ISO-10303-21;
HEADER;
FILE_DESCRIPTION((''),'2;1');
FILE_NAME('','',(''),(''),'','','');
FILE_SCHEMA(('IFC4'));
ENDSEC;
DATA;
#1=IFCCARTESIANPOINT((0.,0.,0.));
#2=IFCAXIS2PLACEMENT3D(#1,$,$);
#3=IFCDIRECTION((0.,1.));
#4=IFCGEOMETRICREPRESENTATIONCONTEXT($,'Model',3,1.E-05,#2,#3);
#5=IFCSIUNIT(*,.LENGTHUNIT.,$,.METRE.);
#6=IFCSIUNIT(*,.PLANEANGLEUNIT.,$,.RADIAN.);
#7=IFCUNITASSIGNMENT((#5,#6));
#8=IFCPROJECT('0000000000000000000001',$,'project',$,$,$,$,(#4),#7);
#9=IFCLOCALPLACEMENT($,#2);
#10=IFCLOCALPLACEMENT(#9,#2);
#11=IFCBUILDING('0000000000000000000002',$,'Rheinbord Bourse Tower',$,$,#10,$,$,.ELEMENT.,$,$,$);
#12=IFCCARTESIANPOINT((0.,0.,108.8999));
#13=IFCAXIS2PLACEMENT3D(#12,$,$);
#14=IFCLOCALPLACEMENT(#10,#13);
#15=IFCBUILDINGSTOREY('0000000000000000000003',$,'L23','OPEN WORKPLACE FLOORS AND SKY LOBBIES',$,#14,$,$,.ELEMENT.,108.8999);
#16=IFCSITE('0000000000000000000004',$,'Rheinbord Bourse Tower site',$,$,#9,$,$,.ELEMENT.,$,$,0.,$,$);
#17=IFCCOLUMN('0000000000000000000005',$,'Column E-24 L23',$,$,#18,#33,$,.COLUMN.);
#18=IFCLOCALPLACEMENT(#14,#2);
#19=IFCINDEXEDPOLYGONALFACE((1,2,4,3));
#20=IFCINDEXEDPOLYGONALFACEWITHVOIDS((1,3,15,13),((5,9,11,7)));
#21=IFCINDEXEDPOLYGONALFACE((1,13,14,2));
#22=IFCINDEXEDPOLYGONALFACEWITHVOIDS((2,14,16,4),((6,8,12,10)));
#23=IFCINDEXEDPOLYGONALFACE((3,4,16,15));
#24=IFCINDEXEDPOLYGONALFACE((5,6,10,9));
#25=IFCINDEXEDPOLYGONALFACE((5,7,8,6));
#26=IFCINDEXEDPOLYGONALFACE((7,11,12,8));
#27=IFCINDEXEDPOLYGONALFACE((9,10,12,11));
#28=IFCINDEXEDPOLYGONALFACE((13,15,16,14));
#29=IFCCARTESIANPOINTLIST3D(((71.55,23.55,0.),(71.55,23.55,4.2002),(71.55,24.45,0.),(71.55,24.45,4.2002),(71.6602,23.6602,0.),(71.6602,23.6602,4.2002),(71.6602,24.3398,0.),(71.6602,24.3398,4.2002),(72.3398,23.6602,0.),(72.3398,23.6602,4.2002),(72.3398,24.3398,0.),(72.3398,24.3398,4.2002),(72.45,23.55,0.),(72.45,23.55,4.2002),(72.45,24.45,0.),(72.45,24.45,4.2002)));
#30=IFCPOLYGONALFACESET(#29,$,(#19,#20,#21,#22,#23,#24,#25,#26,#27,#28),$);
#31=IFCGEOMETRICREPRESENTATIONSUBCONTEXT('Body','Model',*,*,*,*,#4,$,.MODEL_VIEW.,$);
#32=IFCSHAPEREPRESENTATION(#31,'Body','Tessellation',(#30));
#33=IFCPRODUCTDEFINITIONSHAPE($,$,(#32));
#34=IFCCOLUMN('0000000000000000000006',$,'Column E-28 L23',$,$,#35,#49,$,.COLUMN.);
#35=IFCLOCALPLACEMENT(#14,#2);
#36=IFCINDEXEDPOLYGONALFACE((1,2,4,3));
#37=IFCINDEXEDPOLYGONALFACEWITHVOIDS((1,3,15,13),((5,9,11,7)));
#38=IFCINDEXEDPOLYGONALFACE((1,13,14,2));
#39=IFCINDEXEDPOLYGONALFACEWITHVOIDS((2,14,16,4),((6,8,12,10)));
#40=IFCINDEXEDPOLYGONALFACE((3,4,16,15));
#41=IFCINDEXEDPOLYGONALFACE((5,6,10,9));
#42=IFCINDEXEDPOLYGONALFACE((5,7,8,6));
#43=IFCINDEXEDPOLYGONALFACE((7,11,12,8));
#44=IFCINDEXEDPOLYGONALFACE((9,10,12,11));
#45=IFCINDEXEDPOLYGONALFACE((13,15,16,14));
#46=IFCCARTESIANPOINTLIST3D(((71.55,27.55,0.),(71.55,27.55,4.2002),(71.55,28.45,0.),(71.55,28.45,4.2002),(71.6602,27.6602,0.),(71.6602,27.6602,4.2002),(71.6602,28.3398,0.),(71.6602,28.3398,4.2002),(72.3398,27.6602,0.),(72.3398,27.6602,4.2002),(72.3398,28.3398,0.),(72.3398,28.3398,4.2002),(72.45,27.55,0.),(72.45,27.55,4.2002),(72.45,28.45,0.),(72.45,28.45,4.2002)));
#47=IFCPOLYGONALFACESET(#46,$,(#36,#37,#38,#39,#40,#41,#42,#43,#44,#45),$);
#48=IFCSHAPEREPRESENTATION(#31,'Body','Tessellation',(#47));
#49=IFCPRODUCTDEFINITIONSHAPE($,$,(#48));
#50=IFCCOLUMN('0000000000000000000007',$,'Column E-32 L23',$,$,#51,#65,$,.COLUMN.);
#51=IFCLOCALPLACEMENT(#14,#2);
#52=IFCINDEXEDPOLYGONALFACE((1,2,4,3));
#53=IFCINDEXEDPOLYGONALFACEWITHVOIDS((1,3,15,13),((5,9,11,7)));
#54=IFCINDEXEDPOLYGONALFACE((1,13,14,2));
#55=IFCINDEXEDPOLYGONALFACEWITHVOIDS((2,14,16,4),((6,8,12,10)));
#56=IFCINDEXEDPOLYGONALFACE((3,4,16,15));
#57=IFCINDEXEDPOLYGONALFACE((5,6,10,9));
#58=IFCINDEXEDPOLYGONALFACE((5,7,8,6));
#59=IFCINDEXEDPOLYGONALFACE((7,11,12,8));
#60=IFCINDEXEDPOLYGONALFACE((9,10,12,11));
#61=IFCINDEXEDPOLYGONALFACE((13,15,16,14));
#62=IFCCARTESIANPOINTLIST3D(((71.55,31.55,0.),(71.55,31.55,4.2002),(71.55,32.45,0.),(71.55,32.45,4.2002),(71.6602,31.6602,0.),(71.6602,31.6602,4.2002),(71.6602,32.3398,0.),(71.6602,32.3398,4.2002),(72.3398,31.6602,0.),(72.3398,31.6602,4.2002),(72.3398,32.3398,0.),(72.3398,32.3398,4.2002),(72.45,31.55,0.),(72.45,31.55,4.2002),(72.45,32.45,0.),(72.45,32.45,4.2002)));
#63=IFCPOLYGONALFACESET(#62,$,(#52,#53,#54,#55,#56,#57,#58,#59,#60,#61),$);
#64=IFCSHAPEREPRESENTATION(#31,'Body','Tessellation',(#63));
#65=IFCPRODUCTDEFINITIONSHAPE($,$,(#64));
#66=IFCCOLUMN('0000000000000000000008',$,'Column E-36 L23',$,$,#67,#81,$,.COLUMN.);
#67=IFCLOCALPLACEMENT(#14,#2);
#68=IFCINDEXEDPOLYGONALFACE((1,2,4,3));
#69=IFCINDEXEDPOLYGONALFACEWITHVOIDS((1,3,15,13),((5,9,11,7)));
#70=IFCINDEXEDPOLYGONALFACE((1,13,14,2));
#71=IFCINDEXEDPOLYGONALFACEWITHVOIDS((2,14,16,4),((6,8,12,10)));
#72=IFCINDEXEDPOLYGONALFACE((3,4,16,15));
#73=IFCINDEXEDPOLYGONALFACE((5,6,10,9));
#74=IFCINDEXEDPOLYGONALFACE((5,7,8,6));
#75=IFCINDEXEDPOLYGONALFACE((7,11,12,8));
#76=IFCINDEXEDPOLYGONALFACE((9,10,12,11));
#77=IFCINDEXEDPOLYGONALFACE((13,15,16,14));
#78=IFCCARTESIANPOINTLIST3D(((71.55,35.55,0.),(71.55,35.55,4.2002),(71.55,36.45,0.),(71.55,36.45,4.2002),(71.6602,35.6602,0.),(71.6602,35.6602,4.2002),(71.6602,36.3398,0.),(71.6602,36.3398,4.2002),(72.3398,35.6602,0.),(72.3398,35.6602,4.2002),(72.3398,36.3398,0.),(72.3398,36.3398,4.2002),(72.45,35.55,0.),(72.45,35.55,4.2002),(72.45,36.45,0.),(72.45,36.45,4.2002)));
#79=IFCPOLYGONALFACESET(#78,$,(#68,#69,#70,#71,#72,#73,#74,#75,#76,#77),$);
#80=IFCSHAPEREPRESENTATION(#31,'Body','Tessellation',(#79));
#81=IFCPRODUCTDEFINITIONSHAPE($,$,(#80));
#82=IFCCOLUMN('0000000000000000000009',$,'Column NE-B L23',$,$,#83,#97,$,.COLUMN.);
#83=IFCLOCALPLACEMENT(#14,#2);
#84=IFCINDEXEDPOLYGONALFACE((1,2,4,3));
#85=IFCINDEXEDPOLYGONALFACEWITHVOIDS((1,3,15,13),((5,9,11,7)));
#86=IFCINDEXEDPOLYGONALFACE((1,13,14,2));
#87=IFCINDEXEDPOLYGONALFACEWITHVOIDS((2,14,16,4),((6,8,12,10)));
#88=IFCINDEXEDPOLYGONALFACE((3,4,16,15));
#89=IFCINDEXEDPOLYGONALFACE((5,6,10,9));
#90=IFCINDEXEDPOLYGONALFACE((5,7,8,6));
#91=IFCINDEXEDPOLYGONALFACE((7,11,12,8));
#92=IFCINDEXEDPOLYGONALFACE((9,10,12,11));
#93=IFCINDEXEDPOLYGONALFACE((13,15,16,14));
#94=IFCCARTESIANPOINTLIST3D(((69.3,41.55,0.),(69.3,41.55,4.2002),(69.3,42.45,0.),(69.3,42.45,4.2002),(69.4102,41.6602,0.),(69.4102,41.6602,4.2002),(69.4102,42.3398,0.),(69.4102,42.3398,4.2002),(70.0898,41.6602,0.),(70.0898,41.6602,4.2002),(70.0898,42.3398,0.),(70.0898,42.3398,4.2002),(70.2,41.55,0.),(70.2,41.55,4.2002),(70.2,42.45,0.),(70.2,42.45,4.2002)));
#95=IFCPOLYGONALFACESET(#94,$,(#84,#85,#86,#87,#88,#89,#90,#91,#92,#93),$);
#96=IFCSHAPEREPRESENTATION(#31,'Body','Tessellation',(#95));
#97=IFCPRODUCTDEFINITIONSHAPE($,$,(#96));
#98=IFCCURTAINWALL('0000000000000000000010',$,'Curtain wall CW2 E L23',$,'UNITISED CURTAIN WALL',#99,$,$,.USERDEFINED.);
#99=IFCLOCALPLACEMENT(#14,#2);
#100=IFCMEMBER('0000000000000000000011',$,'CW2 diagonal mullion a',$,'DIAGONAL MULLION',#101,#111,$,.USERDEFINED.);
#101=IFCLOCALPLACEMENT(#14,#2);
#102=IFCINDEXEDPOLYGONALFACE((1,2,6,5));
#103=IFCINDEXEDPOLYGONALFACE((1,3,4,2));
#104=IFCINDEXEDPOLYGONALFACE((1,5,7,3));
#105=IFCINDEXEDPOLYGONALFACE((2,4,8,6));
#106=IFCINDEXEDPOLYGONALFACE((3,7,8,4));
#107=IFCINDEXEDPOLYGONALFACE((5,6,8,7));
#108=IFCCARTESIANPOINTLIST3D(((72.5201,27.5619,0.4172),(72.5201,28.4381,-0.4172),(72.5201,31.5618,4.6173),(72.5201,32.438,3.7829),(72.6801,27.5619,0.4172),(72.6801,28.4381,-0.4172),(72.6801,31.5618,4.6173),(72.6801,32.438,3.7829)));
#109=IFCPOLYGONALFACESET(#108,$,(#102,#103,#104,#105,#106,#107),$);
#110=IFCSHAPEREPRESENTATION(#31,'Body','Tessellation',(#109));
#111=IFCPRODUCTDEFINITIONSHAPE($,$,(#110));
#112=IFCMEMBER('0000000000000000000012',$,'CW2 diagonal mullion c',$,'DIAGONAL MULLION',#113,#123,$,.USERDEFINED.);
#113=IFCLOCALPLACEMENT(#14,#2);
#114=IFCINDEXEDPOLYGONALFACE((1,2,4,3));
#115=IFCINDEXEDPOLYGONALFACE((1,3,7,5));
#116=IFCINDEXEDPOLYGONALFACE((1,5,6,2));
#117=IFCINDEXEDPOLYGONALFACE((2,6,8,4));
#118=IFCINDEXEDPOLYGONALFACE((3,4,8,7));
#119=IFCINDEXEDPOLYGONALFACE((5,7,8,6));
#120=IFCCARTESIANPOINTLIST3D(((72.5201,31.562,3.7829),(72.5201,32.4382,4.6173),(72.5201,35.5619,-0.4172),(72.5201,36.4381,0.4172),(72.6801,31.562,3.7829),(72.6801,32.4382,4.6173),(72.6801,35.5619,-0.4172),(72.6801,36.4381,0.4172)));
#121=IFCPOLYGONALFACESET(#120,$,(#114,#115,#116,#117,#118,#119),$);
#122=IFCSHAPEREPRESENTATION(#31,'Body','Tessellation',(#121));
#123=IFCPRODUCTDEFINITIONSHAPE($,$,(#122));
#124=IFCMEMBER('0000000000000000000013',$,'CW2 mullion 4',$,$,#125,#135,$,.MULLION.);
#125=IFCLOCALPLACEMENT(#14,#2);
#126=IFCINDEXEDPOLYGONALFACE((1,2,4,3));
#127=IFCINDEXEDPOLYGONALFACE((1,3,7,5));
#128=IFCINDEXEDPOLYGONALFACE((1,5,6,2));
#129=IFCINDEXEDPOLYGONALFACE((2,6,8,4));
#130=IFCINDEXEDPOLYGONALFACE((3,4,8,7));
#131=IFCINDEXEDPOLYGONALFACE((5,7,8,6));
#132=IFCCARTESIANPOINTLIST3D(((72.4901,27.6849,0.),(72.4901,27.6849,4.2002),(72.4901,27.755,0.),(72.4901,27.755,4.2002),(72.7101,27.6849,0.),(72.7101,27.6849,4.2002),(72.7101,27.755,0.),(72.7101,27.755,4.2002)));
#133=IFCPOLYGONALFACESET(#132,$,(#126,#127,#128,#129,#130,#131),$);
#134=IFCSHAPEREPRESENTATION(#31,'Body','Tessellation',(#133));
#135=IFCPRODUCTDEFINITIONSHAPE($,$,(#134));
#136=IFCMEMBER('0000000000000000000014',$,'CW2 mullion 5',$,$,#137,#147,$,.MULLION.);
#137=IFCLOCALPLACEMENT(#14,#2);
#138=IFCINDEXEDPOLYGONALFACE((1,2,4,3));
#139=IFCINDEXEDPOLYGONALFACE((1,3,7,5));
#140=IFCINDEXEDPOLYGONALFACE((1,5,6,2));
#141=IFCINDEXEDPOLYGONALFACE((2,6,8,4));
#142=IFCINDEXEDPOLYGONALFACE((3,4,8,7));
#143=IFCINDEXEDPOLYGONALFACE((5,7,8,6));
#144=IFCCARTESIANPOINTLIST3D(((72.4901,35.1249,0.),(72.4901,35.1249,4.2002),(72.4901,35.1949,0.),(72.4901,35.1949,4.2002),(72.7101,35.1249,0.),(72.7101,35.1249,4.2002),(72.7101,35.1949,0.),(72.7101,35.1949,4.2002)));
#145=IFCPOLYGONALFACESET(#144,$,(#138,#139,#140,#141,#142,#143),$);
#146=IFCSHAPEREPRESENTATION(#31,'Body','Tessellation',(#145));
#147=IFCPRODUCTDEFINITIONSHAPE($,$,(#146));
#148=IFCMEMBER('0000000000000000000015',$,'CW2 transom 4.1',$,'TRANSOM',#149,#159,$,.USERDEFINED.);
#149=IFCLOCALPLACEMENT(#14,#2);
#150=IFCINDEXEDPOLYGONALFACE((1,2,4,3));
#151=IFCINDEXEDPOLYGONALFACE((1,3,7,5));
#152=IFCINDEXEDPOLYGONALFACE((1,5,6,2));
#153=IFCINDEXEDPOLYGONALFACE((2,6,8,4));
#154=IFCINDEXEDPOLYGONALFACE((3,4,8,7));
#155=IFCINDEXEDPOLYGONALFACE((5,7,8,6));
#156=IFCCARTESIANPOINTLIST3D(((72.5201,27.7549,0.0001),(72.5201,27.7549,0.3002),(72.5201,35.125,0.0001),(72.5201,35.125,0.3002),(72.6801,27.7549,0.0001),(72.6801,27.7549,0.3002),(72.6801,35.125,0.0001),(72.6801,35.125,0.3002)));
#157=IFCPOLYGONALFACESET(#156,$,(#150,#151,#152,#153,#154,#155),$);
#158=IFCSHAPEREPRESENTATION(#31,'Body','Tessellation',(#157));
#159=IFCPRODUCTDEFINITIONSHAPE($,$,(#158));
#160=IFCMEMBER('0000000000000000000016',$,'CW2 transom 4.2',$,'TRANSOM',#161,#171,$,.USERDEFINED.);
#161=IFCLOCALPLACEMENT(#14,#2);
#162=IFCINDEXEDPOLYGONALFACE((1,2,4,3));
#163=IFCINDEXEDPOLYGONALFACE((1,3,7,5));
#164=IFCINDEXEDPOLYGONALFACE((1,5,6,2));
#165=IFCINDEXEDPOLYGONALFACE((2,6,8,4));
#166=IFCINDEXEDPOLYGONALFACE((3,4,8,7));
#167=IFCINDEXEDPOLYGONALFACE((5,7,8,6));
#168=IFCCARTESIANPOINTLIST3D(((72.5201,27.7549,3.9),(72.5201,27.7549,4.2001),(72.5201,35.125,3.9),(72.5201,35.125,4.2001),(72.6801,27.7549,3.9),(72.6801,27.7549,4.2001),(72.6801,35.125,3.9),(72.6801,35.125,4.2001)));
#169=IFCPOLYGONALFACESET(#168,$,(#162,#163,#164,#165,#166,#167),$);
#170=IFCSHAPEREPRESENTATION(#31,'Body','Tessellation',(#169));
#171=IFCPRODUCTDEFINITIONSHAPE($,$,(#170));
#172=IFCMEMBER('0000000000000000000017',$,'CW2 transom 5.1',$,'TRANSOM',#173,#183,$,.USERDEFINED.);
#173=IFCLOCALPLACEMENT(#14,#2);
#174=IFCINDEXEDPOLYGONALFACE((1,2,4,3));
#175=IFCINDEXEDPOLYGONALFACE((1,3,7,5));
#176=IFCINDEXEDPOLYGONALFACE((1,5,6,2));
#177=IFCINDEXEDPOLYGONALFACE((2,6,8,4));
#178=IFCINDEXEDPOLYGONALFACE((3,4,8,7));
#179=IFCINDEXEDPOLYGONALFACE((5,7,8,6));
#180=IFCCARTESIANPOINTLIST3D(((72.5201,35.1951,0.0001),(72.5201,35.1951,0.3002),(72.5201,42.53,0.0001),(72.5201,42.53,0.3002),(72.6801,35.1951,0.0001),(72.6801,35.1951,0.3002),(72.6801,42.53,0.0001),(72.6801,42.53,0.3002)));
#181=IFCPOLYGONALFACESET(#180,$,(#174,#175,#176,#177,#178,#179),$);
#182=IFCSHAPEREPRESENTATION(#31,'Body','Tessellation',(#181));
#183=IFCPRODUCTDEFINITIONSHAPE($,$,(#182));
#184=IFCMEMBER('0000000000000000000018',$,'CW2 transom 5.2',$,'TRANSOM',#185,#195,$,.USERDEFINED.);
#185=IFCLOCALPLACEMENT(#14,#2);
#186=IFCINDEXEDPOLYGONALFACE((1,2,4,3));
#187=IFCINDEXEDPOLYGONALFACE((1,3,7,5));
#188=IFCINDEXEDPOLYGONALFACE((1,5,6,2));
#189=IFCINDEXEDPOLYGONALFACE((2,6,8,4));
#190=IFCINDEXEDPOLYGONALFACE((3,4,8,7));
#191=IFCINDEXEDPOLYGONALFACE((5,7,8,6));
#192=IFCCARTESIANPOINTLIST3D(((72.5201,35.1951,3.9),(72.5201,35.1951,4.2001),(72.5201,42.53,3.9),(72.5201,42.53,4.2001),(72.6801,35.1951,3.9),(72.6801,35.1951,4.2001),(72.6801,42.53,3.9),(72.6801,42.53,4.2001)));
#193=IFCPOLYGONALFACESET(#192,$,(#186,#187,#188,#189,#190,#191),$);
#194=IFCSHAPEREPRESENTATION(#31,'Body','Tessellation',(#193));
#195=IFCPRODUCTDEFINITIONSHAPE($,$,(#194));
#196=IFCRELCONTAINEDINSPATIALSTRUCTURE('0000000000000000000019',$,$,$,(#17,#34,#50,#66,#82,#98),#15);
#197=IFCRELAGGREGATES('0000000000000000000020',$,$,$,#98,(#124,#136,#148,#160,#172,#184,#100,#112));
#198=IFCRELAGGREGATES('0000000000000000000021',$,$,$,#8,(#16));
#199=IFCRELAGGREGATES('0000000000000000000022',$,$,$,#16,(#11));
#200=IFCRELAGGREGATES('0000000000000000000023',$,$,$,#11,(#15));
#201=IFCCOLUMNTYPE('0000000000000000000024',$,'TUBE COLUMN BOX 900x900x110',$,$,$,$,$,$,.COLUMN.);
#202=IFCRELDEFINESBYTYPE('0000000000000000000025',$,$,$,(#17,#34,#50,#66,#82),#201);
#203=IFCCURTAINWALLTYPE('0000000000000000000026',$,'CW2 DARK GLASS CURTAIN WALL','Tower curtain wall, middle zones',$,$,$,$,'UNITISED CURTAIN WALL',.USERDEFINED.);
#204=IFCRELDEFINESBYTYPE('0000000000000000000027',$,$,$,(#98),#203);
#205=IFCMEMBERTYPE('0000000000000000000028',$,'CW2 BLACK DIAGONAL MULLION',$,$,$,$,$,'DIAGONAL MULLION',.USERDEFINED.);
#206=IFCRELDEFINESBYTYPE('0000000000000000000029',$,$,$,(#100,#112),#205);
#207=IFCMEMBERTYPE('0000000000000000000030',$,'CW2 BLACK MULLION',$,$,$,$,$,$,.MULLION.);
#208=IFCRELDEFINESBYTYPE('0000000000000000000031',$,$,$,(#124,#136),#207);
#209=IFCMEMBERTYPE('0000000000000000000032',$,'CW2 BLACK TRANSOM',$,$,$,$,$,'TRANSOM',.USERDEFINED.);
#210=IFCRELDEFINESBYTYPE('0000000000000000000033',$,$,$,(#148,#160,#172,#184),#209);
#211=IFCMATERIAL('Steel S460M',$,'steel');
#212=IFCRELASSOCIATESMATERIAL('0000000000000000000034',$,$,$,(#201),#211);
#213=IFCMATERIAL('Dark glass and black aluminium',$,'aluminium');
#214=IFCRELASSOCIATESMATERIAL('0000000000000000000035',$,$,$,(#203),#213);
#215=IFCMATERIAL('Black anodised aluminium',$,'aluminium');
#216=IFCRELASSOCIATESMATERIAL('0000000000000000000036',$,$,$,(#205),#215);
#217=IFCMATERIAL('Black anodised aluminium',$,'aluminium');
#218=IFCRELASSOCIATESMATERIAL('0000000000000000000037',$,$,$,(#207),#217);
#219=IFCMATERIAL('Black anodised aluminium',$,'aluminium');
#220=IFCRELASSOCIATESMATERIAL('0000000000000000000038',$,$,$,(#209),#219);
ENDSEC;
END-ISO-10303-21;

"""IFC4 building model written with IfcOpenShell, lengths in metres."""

from ifc_helpers import new_model, si_unit, direction, frame, origin, origin_2d, place, context, subcontext, project, spatial, rectangle, hollow_rectangle, extrude, material, material_profile, profile_set, type_object, element, aggregate, save


model = new_model("IFC4")

# Units and contexts
model_context = context("Model", 3, precision=1e-05, world=origin(), true_north=direction((0.0, 1.0)))
body_context = subcontext(model_context, "Body", "Model", "MODEL_VIEW")
ifc_project = project(units=[si_unit("LENGTHUNIT", "METRE"), si_unit("PLANEANGLEUNIT", "RADIAN")], contexts=[model_context])

# Site, building, storey
site_placement = place(None, origin())
site = spatial("IfcSite", under=ifc_project, at=site_placement, Name="Rheinbord Bourse Tower site", CompositionType="ELEMENT", RefElevation=0.0)
building_placement = place(site_placement, origin())
building = spatial("IfcBuilding", under=site, at=building_placement, Name="Rheinbord Bourse Tower", CompositionType="ELEMENT")
storey_placement = place(building_placement, frame((0.0, 0.0, 108.8999)))
storey = spatial("IfcBuildingStorey", under=building, at=storey_placement, Name="L23", Description="OPEN WORKPLACE FLOORS AND SKY LOBBIES", CompositionType="ELEMENT", Elevation=108.8999)

# Columns
ifc_material_1 = material(Name="Steel S460M", Category="steel")
ifc_material_profile_1 = material_profile(ifc_material_1, hollow_rectangle(XDim=0.8999, YDim=0.8999, WallThickness=0.1101, at=origin_2d()), Name="BOX 900x900x110")
ifc_profile_set_1 = profile_set([ifc_material_profile_1], Name="Steel S460M")
column_type = type_object("IfcColumnType", Name="TUBE COLUMN BOX 900x900x110", PredefinedType="COLUMN", material=ifc_profile_set_1)
for number, where, z_axis, x_axis, name in (
    (1, (72.0, 24.0, 0.0), (0.0, 0.0, 1.0), (1.0, 0.0, 0.0), "Column E-24 L23"),
    (2, (72.0, 28.0, 0.0), (0.0, 0.0, 1.0), (1.0, 0.0, 0.0), "Column E-28 L23"),
    (3, (72.0, 32.0, 0.0), (0.0, 0.0, 1.0), (1.0, 0.0, 0.0), "Column E-32 L23"),
    (4, (72.0, 36.0, 0.0), (0.0, 0.0, 1.0), (1.0, 0.0, 0.0), "Column E-36 L23"),
    (5, (69.75, 42.0, 0.0), (0.0, 0.0, 1.0), (1.0, 0.0, 0.0), "Column NE-B L23"),
):
    element("IfcColumn", number, at=place(storey_placement, frame(where, z_axis=z_axis, x_axis=x_axis)), inside=storey, type_object=column_type, Name=name, PredefinedType="COLUMN", context=body_context, shape_type="SweptSolid", body=[
        extrude(hollow_rectangle(XDim=0.8999, YDim=0.8999, WallThickness=0.1101, at=origin_2d()), origin(), (0.0, 0.0, 1.0), 4.2002),
    ])

# Curtain wall, members
ifc_material_2 = material(Name="Dark glass and black aluminium", Category="aluminium")
curtain_wall_type = type_object("IfcCurtainWallType", Name="CW2 DARK GLASS CURTAIN WALL", Description="Tower curtain wall, middle zones", ElementType="UNITISED CURTAIN WALL", PredefinedType="USERDEFINED", material=ifc_material_2)
curtain_wall_placement = place(storey_placement, origin())
curtain_wall = element("IfcCurtainWall", 6, at=curtain_wall_placement, inside=storey, type_object=curtain_wall_type, Name="Curtain wall CW2 E L23", ObjectType="UNITISED CURTAIN WALL", PredefinedType="USERDEFINED")
ifc_material_3 = material(Name="Black anodised aluminium", Category="aluminium")
ifc_material_profile_2 = material_profile(ifc_material_3, rectangle(XDim=0.1599, YDim=1.21, at=origin_2d()), Name="CW2 DIAGONAL MULLION 1210x160")
ifc_profile_set_2 = profile_set([ifc_material_profile_2], Name="Black anodised aluminium")
member_type_1 = type_object("IfcMemberType", Name="CW2 BLACK DIAGONAL MULLION", ElementType="DIAGONAL MULLION", PredefinedType="USERDEFINED", material=ifc_profile_set_2)
member_1_placement = place(storey_placement, frame((72.6001, 28.0, 0.0), z_axis=(0.0, 0.689638, 0.724154), x_axis=(-1.0, 0.0, 0.0)))
member_1 = element("IfcMember", 7, at=member_1_placement, type_object=member_type_1, Name="CW2 diagonal mullion a", ObjectType="DIAGONAL MULLION", PredefinedType="USERDEFINED", context=body_context, shape_type="SweptSolid", body=[
    extrude(rectangle(XDim=0.1599, YDim=1.21, at=origin_2d()), origin(), (0.0, 0.0, 1.0), 5.8),
])
member_2_placement = place(storey_placement, frame((72.6001, 36.0, 0.0), z_axis=(0.0, -0.689638, 0.724154), x_axis=(1.0, 0.0, 0.0)))
member_2 = element("IfcMember", 8, at=member_2_placement, type_object=member_type_1, Name="CW2 diagonal mullion c", ObjectType="DIAGONAL MULLION", PredefinedType="USERDEFINED", context=body_context, shape_type="SweptSolid", body=[
    extrude(rectangle(XDim=0.1599, YDim=1.21, at=origin_2d()), origin(), (0.0, 0.0, 1.0), 5.8),
])
ifc_material_4 = material(Name="Black anodised aluminium", Category="aluminium")
ifc_material_profile_3 = material_profile(ifc_material_4, rectangle(XDim=0.22, YDim=0.0701, at=origin_2d()), Name="CW2 MULLION 70x220")
ifc_profile_set_3 = profile_set([ifc_material_profile_3], Name="Black anodised aluminium")
member_type_2 = type_object("IfcMemberType", Name="CW2 BLACK MULLION", PredefinedType="MULLION", material=ifc_profile_set_3)
member_3_placement = place(storey_placement, frame((72.6001, 27.72, 0.0), z_axis=(0.0, 0.0, 1.0), x_axis=(-1.0, 0.0, 0.0)))
member_3 = element("IfcMember", 9, at=member_3_placement, type_object=member_type_2, Name="CW2 mullion 4", PredefinedType="MULLION", context=body_context, shape_type="SweptSolid", body=[
    extrude(rectangle(XDim=0.22, YDim=0.0701, at=origin_2d()), origin(), (0.0, 0.0, 1.0), 4.2002),
])
member_4_placement = place(storey_placement, frame((72.6001, 35.1599, 0.0), z_axis=(0.0, 0.0, 1.0), x_axis=(-1.0, 0.0, 0.0)))
member_4 = element("IfcMember", 10, at=member_4_placement, type_object=member_type_2, Name="CW2 mullion 5", PredefinedType="MULLION", context=body_context, shape_type="SweptSolid", body=[
    extrude(rectangle(XDim=0.22, YDim=0.0701, at=origin_2d()), origin(), (0.0, 0.0, 1.0), 4.2002),
])
ifc_material_5 = material(Name="Black anodised aluminium", Category="aluminium")
ifc_material_profile_4 = material_profile(ifc_material_5, rectangle(XDim=0.1599, YDim=0.3, at=origin_2d()), Name="CW2 TRANSOM 300x160")
ifc_profile_set_4 = profile_set([ifc_material_profile_4], Name="Black anodised aluminium")
member_type_3 = type_object("IfcMemberType", Name="CW2 BLACK TRANSOM", ElementType="TRANSOM", PredefinedType="USERDEFINED", material=ifc_profile_set_4)
member_5_placement = place(storey_placement, frame((72.6001, 27.7549, 0.1501), z_axis=(0.0, 1.0, 0.0), x_axis=(-1.0, 0.0, 0.0)))
member_5 = element("IfcMember", 11, at=member_5_placement, type_object=member_type_3, Name="CW2 transom 4.1", ObjectType="TRANSOM", PredefinedType="USERDEFINED", context=body_context, shape_type="SweptSolid", body=[
    extrude(rectangle(XDim=0.1599, YDim=0.3, at=origin_2d()), origin(), (0.0, 0.0, 1.0), 7.3701),
])
member_6_placement = place(storey_placement, frame((72.6001, 27.7549, 4.05), z_axis=(0.0, 1.0, 0.0), x_axis=(-1.0, 0.0, 0.0)))
member_6 = element("IfcMember", 12, at=member_6_placement, type_object=member_type_3, Name="CW2 transom 4.2", ObjectType="TRANSOM", PredefinedType="USERDEFINED", context=body_context, shape_type="SweptSolid", body=[
    extrude(rectangle(XDim=0.1599, YDim=0.3, at=origin_2d()), origin(), (0.0, 0.0, 1.0), 7.3701),
])
member_7_placement = place(storey_placement, frame((72.6001, 35.1951, 0.1501), z_axis=(0.0, 1.0, 0.0), x_axis=(-1.0, 0.0, 0.0)))
member_7 = element("IfcMember", 13, at=member_7_placement, type_object=member_type_3, Name="CW2 transom 5.1", ObjectType="TRANSOM", PredefinedType="USERDEFINED", context=body_context, shape_type="SweptSolid", body=[
    extrude(rectangle(XDim=0.1599, YDim=0.3, at=origin_2d()), origin(), (0.0, 0.0, 1.0), 7.335),
])
member_8_placement = place(storey_placement, frame((72.6001, 35.1951, 4.05), z_axis=(0.0, 1.0, 0.0), x_axis=(-1.0, 0.0, 0.0)))
member_8 = element("IfcMember", 14, at=member_8_placement, type_object=member_type_3, Name="CW2 transom 5.2", ObjectType="TRANSOM", PredefinedType="USERDEFINED", context=body_context, shape_type="SweptSolid", body=[
    extrude(rectangle(XDim=0.1599, YDim=0.3, at=origin_2d()), origin(), (0.0, 0.0, 1.0), 7.335),
])

aggregate(curtain_wall, [member_3, member_4, member_5, member_6, member_7, member_8, member_1, member_2])

save(model, "model.ifc")
